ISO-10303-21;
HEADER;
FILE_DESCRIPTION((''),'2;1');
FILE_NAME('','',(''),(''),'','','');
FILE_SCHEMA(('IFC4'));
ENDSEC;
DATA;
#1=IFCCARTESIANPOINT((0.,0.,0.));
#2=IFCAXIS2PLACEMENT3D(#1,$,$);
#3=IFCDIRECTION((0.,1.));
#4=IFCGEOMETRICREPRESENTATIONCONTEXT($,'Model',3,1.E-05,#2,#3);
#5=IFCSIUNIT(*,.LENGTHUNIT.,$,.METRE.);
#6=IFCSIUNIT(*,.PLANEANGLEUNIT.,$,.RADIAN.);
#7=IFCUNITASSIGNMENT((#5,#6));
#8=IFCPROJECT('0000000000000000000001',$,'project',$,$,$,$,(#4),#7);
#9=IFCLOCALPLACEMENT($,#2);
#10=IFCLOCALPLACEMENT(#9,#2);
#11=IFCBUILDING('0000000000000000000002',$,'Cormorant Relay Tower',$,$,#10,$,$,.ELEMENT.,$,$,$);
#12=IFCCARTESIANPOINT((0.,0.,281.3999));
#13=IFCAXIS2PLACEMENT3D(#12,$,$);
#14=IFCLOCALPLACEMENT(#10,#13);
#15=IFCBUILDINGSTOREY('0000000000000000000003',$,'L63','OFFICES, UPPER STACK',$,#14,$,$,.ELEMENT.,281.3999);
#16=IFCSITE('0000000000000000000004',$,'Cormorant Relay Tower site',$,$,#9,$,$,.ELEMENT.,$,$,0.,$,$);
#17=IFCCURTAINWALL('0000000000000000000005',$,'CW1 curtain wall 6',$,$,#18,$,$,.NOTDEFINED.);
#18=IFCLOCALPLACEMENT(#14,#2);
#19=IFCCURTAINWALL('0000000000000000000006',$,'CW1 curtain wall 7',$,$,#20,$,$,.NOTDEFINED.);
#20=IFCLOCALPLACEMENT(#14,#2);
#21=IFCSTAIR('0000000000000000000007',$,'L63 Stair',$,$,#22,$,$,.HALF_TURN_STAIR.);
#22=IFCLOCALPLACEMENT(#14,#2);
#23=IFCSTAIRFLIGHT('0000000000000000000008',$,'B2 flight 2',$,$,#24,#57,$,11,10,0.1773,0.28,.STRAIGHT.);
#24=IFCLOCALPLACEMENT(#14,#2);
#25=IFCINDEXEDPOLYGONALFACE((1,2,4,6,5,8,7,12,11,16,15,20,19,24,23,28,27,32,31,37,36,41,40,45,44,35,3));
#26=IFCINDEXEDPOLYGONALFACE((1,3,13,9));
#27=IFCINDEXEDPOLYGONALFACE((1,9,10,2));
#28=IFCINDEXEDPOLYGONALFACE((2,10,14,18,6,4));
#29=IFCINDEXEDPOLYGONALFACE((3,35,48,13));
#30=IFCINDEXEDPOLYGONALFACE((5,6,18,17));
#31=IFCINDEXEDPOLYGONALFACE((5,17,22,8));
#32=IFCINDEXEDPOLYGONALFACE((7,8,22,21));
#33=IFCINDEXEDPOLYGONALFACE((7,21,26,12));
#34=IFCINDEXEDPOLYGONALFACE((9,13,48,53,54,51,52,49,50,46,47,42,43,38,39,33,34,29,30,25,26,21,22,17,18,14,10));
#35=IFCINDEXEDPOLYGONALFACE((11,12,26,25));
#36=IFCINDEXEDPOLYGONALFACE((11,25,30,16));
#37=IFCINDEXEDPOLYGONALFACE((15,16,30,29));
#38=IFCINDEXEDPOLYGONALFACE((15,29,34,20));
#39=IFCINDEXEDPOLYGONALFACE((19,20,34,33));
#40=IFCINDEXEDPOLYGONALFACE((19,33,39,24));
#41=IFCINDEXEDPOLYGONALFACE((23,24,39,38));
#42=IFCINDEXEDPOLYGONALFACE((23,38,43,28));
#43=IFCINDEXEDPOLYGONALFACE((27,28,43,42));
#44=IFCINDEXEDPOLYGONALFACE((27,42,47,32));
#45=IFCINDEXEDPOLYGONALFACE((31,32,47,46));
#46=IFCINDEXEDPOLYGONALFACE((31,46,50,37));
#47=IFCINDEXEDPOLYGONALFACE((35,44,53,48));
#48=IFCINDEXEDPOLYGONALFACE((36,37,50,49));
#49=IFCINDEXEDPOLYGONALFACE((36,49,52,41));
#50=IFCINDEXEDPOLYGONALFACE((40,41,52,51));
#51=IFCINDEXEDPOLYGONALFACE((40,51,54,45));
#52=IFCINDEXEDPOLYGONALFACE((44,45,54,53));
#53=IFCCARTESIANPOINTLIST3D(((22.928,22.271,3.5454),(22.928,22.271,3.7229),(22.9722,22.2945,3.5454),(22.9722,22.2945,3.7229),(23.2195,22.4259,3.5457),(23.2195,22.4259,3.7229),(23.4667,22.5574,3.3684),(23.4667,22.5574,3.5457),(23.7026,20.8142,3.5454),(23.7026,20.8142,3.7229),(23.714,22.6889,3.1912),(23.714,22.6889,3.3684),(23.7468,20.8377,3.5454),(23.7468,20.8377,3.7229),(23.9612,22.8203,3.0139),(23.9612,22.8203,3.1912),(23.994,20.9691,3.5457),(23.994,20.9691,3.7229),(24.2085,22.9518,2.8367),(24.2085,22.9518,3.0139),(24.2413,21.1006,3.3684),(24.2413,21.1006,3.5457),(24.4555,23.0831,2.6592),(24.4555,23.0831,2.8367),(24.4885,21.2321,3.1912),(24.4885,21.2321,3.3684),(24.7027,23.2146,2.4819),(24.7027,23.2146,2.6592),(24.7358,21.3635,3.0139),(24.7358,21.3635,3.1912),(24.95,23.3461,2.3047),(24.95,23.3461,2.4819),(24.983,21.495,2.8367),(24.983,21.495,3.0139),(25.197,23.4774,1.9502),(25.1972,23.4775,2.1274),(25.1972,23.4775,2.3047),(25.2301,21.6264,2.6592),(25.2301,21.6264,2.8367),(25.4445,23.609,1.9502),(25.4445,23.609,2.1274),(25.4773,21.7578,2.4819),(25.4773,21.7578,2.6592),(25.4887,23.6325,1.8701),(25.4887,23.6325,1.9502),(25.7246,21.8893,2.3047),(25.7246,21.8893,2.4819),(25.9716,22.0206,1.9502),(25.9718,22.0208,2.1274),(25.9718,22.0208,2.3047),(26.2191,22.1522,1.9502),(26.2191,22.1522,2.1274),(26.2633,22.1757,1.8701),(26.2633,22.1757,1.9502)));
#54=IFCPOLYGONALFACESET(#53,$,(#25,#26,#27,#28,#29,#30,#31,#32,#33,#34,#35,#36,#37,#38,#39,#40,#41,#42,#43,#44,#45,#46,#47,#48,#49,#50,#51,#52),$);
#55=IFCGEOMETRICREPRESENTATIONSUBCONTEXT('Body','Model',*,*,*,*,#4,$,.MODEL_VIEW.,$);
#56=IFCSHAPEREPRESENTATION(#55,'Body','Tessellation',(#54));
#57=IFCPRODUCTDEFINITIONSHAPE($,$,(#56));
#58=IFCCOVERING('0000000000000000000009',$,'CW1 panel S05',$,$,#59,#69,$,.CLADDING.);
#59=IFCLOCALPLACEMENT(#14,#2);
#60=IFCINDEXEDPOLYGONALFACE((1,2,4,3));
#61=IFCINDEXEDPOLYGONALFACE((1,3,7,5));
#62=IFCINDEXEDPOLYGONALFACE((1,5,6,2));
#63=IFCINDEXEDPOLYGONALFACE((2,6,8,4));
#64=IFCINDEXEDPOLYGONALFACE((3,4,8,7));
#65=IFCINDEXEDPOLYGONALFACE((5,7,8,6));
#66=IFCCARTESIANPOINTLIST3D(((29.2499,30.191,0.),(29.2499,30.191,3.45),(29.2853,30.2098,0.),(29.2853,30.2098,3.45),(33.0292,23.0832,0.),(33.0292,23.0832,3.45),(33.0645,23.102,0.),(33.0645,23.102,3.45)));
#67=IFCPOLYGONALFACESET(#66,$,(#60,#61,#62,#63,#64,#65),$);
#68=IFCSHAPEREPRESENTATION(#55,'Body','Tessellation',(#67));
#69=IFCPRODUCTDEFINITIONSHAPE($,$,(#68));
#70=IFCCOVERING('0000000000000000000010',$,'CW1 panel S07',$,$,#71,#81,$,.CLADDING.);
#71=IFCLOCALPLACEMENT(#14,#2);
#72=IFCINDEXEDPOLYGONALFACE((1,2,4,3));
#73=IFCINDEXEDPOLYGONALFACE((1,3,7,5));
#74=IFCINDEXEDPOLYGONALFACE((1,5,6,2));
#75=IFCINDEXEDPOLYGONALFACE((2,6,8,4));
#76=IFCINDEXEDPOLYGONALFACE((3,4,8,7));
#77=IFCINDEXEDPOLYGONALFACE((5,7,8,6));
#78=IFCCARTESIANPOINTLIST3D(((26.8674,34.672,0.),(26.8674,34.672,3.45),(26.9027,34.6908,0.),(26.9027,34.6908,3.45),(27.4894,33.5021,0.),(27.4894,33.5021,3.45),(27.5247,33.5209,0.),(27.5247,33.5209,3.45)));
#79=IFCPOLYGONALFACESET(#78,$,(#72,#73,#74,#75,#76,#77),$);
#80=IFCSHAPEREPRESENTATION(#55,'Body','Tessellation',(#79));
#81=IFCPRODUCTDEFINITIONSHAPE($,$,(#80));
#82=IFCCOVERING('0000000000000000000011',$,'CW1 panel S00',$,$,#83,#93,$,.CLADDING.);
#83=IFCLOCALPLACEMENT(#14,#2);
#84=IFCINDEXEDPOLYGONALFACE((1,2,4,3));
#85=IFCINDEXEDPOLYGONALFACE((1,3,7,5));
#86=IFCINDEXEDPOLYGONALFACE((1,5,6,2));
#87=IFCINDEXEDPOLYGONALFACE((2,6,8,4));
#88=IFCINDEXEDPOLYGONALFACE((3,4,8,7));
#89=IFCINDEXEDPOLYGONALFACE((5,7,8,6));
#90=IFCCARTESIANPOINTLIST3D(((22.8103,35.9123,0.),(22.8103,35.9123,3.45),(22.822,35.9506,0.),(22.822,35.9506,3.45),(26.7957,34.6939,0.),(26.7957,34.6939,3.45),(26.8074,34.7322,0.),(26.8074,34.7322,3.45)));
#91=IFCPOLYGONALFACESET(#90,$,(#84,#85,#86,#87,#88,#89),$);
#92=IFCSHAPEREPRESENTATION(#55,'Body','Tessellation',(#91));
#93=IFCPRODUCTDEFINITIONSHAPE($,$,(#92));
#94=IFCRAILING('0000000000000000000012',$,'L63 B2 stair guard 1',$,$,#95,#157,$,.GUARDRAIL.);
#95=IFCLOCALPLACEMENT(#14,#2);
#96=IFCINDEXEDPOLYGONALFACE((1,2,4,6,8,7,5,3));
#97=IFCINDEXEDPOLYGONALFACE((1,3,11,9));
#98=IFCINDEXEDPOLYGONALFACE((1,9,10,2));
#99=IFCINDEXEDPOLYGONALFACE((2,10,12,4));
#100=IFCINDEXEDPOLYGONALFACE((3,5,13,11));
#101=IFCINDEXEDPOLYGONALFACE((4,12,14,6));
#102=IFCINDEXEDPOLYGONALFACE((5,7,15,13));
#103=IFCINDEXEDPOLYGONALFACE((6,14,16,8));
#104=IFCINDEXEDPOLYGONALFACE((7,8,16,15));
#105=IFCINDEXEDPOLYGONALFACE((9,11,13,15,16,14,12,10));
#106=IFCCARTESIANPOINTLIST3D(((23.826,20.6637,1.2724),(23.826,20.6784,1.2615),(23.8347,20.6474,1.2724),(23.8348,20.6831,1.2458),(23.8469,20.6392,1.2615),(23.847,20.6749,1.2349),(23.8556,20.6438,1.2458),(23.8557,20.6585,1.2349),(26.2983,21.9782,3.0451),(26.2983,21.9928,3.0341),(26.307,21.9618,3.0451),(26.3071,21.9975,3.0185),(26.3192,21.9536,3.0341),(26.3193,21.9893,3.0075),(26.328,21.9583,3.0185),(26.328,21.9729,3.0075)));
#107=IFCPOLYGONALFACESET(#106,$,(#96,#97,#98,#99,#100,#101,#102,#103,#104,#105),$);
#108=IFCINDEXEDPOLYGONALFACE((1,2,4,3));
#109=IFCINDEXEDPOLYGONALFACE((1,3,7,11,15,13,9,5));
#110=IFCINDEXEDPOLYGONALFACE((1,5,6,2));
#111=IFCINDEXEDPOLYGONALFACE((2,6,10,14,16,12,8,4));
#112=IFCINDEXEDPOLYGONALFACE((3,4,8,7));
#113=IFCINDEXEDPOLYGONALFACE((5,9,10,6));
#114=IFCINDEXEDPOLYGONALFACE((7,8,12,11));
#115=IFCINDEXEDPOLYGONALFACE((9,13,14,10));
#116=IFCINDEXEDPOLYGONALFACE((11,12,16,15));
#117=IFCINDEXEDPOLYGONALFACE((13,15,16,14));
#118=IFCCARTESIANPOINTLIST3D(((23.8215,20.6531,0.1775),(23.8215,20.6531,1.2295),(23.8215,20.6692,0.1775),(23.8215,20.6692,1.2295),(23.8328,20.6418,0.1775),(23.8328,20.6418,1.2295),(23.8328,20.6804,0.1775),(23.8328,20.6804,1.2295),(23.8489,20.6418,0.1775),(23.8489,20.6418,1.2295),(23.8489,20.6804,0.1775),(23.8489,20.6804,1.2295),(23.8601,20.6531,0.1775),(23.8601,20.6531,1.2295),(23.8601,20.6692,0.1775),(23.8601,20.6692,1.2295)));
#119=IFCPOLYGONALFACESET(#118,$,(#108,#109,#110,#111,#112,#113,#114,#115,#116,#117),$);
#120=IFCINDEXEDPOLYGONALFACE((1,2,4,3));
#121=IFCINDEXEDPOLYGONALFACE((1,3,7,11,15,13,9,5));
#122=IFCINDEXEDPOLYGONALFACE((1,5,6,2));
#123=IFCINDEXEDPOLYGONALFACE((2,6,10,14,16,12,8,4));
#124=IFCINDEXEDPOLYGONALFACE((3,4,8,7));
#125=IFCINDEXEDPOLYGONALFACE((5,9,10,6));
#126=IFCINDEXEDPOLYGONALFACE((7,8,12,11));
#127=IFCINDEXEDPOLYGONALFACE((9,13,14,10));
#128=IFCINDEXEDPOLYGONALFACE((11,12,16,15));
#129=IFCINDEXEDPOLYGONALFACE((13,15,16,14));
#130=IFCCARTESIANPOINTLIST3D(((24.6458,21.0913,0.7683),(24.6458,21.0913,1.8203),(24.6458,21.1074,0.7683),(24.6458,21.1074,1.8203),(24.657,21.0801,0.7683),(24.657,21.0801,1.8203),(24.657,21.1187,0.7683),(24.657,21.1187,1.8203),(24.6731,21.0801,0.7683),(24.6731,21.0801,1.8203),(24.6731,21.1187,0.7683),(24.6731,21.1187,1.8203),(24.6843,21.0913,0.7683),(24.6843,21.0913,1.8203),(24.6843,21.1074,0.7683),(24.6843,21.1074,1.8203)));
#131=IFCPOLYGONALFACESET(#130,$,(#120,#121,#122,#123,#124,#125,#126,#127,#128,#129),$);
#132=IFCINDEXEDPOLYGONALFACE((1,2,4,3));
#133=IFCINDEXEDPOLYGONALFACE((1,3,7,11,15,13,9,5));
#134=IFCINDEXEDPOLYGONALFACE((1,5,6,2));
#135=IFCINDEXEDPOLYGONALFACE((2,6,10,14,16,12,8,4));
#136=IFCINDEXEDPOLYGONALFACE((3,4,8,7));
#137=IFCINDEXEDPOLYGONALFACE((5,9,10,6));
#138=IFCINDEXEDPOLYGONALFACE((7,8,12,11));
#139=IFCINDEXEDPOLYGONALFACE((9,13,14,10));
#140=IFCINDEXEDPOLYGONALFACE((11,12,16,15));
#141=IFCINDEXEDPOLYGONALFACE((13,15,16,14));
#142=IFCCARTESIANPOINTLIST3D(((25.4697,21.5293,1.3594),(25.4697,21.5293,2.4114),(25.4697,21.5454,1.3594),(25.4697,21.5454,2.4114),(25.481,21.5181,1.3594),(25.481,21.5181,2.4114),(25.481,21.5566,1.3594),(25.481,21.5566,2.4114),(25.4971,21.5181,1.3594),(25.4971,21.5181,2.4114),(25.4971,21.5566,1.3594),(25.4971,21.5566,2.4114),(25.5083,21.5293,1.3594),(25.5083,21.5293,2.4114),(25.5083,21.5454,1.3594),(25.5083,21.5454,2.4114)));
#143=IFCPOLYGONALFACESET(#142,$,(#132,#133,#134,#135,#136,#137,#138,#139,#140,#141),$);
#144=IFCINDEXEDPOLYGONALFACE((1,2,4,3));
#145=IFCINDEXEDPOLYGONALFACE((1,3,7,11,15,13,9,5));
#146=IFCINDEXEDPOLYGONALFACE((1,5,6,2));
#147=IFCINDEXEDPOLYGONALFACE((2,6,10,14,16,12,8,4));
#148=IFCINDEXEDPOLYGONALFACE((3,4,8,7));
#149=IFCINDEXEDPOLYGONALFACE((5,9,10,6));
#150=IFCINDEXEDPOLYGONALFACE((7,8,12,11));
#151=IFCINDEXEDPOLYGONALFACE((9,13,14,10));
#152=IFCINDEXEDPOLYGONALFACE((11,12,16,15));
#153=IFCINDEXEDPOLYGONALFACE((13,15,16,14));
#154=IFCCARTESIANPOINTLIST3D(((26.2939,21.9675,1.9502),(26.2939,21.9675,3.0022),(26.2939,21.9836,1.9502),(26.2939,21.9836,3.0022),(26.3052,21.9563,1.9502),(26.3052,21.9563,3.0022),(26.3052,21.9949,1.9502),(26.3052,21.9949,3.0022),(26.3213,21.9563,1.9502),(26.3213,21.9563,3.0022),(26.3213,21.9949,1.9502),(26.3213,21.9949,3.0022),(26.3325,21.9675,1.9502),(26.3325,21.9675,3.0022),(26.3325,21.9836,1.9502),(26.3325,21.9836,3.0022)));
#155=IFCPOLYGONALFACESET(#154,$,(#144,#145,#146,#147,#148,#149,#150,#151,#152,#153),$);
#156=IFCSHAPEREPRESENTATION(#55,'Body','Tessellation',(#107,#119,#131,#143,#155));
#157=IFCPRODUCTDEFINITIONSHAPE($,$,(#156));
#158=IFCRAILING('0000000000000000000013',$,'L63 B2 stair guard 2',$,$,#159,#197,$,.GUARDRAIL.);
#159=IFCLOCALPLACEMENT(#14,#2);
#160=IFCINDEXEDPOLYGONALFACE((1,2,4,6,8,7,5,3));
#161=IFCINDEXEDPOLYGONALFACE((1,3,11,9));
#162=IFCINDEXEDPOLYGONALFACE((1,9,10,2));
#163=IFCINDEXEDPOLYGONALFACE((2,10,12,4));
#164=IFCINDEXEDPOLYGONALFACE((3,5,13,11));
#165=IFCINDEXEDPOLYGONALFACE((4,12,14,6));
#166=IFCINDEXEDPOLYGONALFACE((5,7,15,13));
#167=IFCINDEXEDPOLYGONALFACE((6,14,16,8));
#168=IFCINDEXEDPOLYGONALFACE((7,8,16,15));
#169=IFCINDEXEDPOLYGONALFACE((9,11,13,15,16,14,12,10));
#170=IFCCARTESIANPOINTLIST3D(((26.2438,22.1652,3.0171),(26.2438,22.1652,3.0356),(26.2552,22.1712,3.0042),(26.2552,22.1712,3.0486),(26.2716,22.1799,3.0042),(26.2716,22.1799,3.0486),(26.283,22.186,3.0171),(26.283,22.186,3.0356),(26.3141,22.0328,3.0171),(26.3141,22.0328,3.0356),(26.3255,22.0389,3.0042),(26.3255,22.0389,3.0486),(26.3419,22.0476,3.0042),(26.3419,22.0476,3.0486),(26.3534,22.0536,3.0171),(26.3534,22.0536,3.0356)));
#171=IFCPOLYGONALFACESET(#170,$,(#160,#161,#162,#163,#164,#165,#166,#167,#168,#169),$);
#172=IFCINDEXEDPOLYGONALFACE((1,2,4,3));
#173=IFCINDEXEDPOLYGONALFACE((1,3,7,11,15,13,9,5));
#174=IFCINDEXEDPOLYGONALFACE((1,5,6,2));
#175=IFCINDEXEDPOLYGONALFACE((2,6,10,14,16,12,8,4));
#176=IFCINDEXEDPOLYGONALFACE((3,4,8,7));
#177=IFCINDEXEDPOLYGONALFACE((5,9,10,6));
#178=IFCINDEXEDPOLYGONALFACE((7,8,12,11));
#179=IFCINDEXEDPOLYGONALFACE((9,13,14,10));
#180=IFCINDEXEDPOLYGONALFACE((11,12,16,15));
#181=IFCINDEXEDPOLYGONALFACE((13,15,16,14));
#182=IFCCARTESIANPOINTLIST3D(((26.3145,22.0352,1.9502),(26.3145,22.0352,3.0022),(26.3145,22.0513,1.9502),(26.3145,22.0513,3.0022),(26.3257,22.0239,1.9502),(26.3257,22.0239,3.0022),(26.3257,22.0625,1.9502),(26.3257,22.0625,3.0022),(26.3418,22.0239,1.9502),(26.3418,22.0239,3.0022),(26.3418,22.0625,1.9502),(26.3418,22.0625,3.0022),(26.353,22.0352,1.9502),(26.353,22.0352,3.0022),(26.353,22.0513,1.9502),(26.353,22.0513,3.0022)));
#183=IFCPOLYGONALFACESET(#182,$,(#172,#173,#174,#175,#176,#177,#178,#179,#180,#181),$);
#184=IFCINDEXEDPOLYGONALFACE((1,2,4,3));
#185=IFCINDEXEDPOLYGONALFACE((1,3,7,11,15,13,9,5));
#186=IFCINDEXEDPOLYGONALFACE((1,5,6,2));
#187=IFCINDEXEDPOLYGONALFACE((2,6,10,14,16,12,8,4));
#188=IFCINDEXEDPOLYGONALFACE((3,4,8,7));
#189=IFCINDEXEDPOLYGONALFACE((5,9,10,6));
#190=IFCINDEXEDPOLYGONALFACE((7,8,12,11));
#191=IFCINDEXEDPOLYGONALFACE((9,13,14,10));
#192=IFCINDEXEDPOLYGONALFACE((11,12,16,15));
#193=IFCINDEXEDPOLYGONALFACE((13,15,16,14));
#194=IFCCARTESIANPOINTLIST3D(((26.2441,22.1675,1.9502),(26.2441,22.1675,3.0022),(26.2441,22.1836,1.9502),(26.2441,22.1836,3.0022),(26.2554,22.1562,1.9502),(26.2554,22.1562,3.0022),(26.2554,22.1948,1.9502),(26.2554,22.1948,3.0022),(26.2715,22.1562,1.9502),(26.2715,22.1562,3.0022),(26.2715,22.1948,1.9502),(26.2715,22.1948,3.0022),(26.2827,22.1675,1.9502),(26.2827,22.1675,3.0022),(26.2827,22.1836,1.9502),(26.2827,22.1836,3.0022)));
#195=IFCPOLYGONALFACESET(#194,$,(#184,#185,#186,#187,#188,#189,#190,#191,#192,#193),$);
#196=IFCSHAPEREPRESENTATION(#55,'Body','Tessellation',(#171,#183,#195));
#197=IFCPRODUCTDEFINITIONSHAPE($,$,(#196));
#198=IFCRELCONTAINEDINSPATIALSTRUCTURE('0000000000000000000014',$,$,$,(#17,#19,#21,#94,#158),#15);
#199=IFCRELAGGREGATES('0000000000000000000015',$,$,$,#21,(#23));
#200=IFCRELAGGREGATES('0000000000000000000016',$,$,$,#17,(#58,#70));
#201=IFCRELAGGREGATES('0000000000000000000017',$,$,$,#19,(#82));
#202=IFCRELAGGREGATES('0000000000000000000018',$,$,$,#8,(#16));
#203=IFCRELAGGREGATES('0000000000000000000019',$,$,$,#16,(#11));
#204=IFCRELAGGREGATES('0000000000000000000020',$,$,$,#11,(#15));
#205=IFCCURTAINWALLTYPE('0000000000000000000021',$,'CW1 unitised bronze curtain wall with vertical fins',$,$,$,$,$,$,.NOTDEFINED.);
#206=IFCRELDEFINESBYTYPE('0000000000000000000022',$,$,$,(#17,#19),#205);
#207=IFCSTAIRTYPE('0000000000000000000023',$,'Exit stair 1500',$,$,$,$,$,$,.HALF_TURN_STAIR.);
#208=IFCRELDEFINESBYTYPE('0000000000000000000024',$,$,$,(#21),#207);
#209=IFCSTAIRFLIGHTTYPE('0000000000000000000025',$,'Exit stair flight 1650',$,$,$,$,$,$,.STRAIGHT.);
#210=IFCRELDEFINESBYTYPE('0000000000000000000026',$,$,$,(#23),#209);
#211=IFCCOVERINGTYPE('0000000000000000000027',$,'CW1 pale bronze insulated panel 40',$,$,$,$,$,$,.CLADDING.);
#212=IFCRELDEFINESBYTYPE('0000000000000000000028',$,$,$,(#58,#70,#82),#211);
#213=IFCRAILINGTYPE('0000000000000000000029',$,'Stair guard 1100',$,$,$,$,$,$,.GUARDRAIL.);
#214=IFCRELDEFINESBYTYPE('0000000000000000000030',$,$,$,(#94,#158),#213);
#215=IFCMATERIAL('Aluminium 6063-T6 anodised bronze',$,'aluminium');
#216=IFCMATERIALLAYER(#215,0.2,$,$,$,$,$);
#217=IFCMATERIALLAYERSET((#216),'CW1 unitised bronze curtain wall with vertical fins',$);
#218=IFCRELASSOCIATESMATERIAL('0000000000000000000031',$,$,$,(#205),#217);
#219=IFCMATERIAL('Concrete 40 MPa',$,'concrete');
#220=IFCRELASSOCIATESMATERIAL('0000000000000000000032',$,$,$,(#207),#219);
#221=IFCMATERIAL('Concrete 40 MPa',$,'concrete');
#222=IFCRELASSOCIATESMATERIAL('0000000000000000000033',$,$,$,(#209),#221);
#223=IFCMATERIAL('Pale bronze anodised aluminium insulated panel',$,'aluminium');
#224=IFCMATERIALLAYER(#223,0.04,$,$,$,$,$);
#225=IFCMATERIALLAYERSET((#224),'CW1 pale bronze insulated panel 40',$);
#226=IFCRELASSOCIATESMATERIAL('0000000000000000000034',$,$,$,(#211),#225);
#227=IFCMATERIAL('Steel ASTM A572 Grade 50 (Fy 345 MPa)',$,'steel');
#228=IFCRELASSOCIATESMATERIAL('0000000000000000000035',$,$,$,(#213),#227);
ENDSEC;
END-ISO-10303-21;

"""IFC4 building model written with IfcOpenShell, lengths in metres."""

from ifc_helpers import new_model, si_unit, direction, frame, origin, origin_2d, place, context, subcontext, project, spatial, polyline, rectangle, outline, extrude, material, layer, layer_set, type_object, element, aggregate, save


model = new_model("IFC4")

# Units and contexts
model_context = context("Model", 3, precision=1e-05, world=origin(), true_north=direction((0.0, 1.0)))
body_context = subcontext(model_context, "Body", "Model", "MODEL_VIEW")
ifc_project = project(units=[si_unit("LENGTHUNIT", "METRE"), si_unit("PLANEANGLEUNIT", "RADIAN")], contexts=[model_context])

# Site, building, storey
site_placement = place(None, origin())
site = spatial("IfcSite", under=ifc_project, at=site_placement, Name="Cormorant Relay Tower site", CompositionType="ELEMENT", RefElevation=0.0)
building_placement = place(site_placement, origin())
building = spatial("IfcBuilding", under=site, at=building_placement, Name="Cormorant Relay Tower", CompositionType="ELEMENT")
storey_placement = place(building_placement, frame((0.0, 0.0, 281.3999)))
storey = spatial("IfcBuildingStorey", under=building, at=storey_placement, Name="L63", Description="OFFICES, UPPER STACK", CompositionType="ELEMENT", Elevation=281.3999)

# Curtain walls
ifc_material_1 = material(Name="Aluminium 6063-T6 anodised bronze", Category="aluminium")
ifc_layer_1 = layer(ifc_material_1, 0.2)
ifc_layer_set_1 = layer_set([ifc_layer_1], Name="CW1 unitised bronze curtain wall with vertical fins")
curtain_wall_type = type_object("IfcCurtainWallType", Name="CW1 unitised bronze curtain wall with vertical fins", PredefinedType="NOTDEFINED", material=ifc_layer_set_1)
curtain_wall_1_placement = place(storey_placement, origin())
curtain_wall_1 = element("IfcCurtainWall", 1, at=curtain_wall_1_placement, inside=storey, type_object=curtain_wall_type, Name="CW1 curtain wall 6", PredefinedType="NOTDEFINED")
curtain_wall_2_placement = place(storey_placement, origin())
curtain_wall_2 = element("IfcCurtainWall", 2, at=curtain_wall_2_placement, inside=storey, type_object=curtain_wall_type, Name="CW1 curtain wall 7", PredefinedType="NOTDEFINED")

# Stair, stair flight
ifc_material_2 = material(Name="Concrete 40 MPa", Category="concrete")
stair_type = type_object("IfcStairType", Name="Exit stair 1500", PredefinedType="HALF_TURN_STAIR", material=ifc_material_2)
stair_placement = place(storey_placement, origin())
stair = element("IfcStair", 3, at=stair_placement, inside=storey, type_object=stair_type, Name="L63 Stair", PredefinedType="HALF_TURN_STAIR")
ifc_material_3 = material(Name="Concrete 40 MPa", Category="concrete")
stair_flight_type = type_object("IfcStairFlightType", Name="Exit stair flight 1650", PredefinedType="STRAIGHT", material=ifc_material_3)
stair_flight_1_placement = place(storey_placement, frame((25.8318, 22.8806, 1.9502), z_axis=(0.0, 0.0, 1.0), x_axis=(-0.882948, -0.469472, 0.0)))
stair_flight_1 = element("IfcStairFlight", 4, at=stair_flight_1_placement, type_object=stair_flight_type, Name="B2 flight 2", NumberOfRisers=11, NumberOfTreads=10, PredefinedType="STRAIGHT", RiserHeight=0.1773, TreadLength=0.28, context=body_context, shape_type="SweptSolid", body=[
    extrude(outline(polyline([(-0.05, -0.0801), (-0.05, 0.0), (0.0, 0.0), (0.0, 0.1772), (0.28, 0.1772), (0.28, 0.3545), (0.5601, 0.3545), (0.5601, 0.5317), (0.8401, 0.5317), (0.8401, 0.709), (1.1201, 0.709), (1.1201, 0.8865), (1.3999, 0.8865), (1.3999, 1.0637), (1.6799, 1.0637), (1.6799, 1.241), (1.96, 1.241), (1.96, 1.4182), (2.24, 1.4182), (2.24, 1.5955), (2.52, 1.5955), (2.52, 1.7727), (2.8, 1.7727), (2.8501, 1.7727), (2.8501, 1.5952), (2.8, 1.5952), (0.2803, 0.0), (-0.05, -0.0801)])), frame((0.0, 0.825, 0.0), z_axis=(0.0, -1.0, 0.0), x_axis=(1.0, 0.0, 0.0)), (0.0, 0.0, 1.0), 1.6499),
])
aggregate(stair, [stair_flight_1])

# Coverings
ifc_material_4 = material(Name="Pale bronze anodised aluminium insulated panel", Category="aluminium")
ifc_layer_2 = layer(ifc_material_4, 0.04)
ifc_layer_set_2 = layer_set([ifc_layer_2], Name="CW1 pale bronze insulated panel 40")
covering_type = type_object("IfcCoveringType", Name="CW1 pale bronze insulated panel 40", PredefinedType="CLADDING", material=ifc_layer_set_2)
covering_1_placement = place(storey_placement, frame((31.1572, 26.6465, 0.0), z_axis=(0.0, 0.0, 1.0), x_axis=(-0.469472, 0.882948, 0.0)))
covering_1 = element("IfcCovering", 5, at=covering_1_placement, type_object=covering_type, Name="CW1 panel S05", PredefinedType="CLADDING", context=body_context, shape_type="SweptSolid", body=[
    extrude(rectangle(XDim=8.05, YDim=0.04, at=origin_2d()), origin(), (0.0, 0.0, 1.0), 3.45),
])
covering_2_placement = place(storey_placement, frame((27.196, 34.0964, 0.0), z_axis=(0.0, 0.0, 1.0), x_axis=(-0.469472, 0.882948, 0.0)))
covering_2 = element("IfcCovering", 6, at=covering_2_placement, type_object=covering_type, Name="CW1 panel S07", PredefinedType="CLADDING", context=body_context, shape_type="SweptSolid", body=[
    extrude(rectangle(XDim=1.325, YDim=0.04, at=origin_2d()), origin(), (0.0, 0.0, 1.0), 3.45),
])
aggregate(curtain_wall_1, [covering_1, covering_2])
covering_3_placement = place(storey_placement, frame((24.8088, 35.3223, 0.0), z_axis=(0.0, 0.0, 1.0), x_axis=(-0.956305, 0.292372, 0.0)))
covering_3 = element("IfcCovering", 7, at=covering_3_placement, type_object=covering_type, Name="CW1 panel S00", PredefinedType="CLADDING", context=body_context, shape_type="SweptSolid", body=[
    extrude(rectangle(XDim=4.1675, YDim=0.04, at=origin_2d()), origin(), (0.0, 0.0, 1.0), 3.45),
])
aggregate(curtain_wall_2, [covering_3])

# Railings
ifc_material_5 = material(Name="Steel ASTM A572 Grade 50 (Fy 345 MPa)", Category="steel")
railing_type_1 = type_object("IfcRailingType", Name="Stair guard 1100", PredefinedType="GUARDRAIL", material=ifc_material_5)
railing_1_placement = place(storey_placement, frame((23.8408, 20.6611, 0.1775)))
element("IfcRailing", 8, at=railing_1_placement, inside=storey, type_object=railing_type_1, Name="L63 B2 stair guard 1", PredefinedType="GUARDRAIL", context=body_context, shape_type="SweptSolid", body=[
    extrude(outline(polyline([(0.0222, 0.0093), (0.0093, 0.0222), (-0.0093, 0.0222), (-0.0222, 0.0093), (-0.0222, -0.0093), (-0.0093, -0.0222), (0.0093, -0.0222), (0.0222, -0.0093), (0.0222, 0.0093)])), frame((0.0, 0.0, 1.0762), z_axis=(0.746034, 0.396627, 0.534902), x_axis=(-0.469429, 0.88297, 0.0)), (0.0, 0.0, 1.0), 3.314),
    extrude(outline(polyline([(0.0193, 0.0081), (0.0081, 0.0193), (-0.0081, 0.0193), (-0.0193, 0.0081), (-0.0193, -0.0081), (-0.0081, -0.0193), (0.0081, -0.0193), (0.0193, -0.0081), (0.0193, 0.0081)])), origin(), (0.0, 0.0, 1.0), 1.052),
    extrude(outline(polyline([(0.0193, 0.0081), (0.0081, 0.0193), (-0.0081, 0.0193), (-0.0193, 0.0081), (-0.0193, -0.0081), (-0.0081, -0.0193), (0.0081, -0.0193), (0.0193, -0.0081), (0.0193, 0.0081)])), frame((0.8242, 0.4382, 0.5908)), (0.0, 0.0, 1.0), 1.052),
    extrude(outline(polyline([(0.0193, 0.0081), (0.0081, 0.0193), (-0.0081, 0.0193), (-0.0193, 0.0081), (-0.0193, -0.0081), (-0.0081, -0.0193), (0.0081, -0.0193), (0.0193, -0.0081), (0.0193, 0.0081)])), frame((1.6482, 0.8762, 1.1819)), (0.0, 0.0, 1.0), 1.052),
    extrude(outline(polyline([(0.0193, 0.0081), (0.0081, 0.0193), (-0.0081, 0.0193), (-0.0193, 0.0081), (-0.0193, -0.0081), (-0.0081, -0.0193), (0.0081, -0.0193), (0.0193, -0.0081), (0.0193, 0.0081)])), frame((2.4724, 1.3145, 1.7727)), (0.0, 0.0, 1.0), 1.052),
])
railing_2_placement = place(storey_placement, frame((26.3337, 22.0432, 1.9502)))
element("IfcRailing", 9, at=railing_2_placement, inside=storey, type_object=railing_type_1, Name="L63 B2 stair guard 2", PredefinedType="GUARDRAIL", context=body_context, shape_type="SweptSolid", body=[
    extrude(outline(polyline([(0.0222, 0.0093), (0.0093, 0.0222), (-0.0093, 0.0222), (-0.0222, 0.0093), (-0.0222, -0.0093), (-0.0093, -0.0222), (0.0093, -0.0222), (0.0222, -0.0093), (0.0222, 0.0093)])), frame((0.0, 0.0, 1.0762), z_axis=(-0.469235, 0.883074, 0.0), x_axis=(-0.883074, -0.469235, 0.0)), (0.0, 0.0, 1.0), 0.1499),
    extrude(outline(polyline([(0.0193, 0.0081), (0.0081, 0.0193), (-0.0081, 0.0193), (-0.0193, 0.0081), (-0.0193, -0.0081), (-0.0081, -0.0193), (0.0081, -0.0193), (0.0193, -0.0081), (0.0193, 0.0081)])), origin(), (0.0, 0.0, 1.0), 1.052),
    extrude(outline(polyline([(0.0193, 0.0081), (0.0081, 0.0193), (-0.0081, 0.0193), (-0.0193, 0.0081), (-0.0193, -0.0081), (-0.0081, -0.0193), (0.0081, -0.0193), (0.0193, -0.0081), (0.0193, 0.0081)])), frame((-0.0703, 0.1323, 0.0)), (0.0, 0.0, 1.0), 1.052),
])

save(model, "model.ifc")
